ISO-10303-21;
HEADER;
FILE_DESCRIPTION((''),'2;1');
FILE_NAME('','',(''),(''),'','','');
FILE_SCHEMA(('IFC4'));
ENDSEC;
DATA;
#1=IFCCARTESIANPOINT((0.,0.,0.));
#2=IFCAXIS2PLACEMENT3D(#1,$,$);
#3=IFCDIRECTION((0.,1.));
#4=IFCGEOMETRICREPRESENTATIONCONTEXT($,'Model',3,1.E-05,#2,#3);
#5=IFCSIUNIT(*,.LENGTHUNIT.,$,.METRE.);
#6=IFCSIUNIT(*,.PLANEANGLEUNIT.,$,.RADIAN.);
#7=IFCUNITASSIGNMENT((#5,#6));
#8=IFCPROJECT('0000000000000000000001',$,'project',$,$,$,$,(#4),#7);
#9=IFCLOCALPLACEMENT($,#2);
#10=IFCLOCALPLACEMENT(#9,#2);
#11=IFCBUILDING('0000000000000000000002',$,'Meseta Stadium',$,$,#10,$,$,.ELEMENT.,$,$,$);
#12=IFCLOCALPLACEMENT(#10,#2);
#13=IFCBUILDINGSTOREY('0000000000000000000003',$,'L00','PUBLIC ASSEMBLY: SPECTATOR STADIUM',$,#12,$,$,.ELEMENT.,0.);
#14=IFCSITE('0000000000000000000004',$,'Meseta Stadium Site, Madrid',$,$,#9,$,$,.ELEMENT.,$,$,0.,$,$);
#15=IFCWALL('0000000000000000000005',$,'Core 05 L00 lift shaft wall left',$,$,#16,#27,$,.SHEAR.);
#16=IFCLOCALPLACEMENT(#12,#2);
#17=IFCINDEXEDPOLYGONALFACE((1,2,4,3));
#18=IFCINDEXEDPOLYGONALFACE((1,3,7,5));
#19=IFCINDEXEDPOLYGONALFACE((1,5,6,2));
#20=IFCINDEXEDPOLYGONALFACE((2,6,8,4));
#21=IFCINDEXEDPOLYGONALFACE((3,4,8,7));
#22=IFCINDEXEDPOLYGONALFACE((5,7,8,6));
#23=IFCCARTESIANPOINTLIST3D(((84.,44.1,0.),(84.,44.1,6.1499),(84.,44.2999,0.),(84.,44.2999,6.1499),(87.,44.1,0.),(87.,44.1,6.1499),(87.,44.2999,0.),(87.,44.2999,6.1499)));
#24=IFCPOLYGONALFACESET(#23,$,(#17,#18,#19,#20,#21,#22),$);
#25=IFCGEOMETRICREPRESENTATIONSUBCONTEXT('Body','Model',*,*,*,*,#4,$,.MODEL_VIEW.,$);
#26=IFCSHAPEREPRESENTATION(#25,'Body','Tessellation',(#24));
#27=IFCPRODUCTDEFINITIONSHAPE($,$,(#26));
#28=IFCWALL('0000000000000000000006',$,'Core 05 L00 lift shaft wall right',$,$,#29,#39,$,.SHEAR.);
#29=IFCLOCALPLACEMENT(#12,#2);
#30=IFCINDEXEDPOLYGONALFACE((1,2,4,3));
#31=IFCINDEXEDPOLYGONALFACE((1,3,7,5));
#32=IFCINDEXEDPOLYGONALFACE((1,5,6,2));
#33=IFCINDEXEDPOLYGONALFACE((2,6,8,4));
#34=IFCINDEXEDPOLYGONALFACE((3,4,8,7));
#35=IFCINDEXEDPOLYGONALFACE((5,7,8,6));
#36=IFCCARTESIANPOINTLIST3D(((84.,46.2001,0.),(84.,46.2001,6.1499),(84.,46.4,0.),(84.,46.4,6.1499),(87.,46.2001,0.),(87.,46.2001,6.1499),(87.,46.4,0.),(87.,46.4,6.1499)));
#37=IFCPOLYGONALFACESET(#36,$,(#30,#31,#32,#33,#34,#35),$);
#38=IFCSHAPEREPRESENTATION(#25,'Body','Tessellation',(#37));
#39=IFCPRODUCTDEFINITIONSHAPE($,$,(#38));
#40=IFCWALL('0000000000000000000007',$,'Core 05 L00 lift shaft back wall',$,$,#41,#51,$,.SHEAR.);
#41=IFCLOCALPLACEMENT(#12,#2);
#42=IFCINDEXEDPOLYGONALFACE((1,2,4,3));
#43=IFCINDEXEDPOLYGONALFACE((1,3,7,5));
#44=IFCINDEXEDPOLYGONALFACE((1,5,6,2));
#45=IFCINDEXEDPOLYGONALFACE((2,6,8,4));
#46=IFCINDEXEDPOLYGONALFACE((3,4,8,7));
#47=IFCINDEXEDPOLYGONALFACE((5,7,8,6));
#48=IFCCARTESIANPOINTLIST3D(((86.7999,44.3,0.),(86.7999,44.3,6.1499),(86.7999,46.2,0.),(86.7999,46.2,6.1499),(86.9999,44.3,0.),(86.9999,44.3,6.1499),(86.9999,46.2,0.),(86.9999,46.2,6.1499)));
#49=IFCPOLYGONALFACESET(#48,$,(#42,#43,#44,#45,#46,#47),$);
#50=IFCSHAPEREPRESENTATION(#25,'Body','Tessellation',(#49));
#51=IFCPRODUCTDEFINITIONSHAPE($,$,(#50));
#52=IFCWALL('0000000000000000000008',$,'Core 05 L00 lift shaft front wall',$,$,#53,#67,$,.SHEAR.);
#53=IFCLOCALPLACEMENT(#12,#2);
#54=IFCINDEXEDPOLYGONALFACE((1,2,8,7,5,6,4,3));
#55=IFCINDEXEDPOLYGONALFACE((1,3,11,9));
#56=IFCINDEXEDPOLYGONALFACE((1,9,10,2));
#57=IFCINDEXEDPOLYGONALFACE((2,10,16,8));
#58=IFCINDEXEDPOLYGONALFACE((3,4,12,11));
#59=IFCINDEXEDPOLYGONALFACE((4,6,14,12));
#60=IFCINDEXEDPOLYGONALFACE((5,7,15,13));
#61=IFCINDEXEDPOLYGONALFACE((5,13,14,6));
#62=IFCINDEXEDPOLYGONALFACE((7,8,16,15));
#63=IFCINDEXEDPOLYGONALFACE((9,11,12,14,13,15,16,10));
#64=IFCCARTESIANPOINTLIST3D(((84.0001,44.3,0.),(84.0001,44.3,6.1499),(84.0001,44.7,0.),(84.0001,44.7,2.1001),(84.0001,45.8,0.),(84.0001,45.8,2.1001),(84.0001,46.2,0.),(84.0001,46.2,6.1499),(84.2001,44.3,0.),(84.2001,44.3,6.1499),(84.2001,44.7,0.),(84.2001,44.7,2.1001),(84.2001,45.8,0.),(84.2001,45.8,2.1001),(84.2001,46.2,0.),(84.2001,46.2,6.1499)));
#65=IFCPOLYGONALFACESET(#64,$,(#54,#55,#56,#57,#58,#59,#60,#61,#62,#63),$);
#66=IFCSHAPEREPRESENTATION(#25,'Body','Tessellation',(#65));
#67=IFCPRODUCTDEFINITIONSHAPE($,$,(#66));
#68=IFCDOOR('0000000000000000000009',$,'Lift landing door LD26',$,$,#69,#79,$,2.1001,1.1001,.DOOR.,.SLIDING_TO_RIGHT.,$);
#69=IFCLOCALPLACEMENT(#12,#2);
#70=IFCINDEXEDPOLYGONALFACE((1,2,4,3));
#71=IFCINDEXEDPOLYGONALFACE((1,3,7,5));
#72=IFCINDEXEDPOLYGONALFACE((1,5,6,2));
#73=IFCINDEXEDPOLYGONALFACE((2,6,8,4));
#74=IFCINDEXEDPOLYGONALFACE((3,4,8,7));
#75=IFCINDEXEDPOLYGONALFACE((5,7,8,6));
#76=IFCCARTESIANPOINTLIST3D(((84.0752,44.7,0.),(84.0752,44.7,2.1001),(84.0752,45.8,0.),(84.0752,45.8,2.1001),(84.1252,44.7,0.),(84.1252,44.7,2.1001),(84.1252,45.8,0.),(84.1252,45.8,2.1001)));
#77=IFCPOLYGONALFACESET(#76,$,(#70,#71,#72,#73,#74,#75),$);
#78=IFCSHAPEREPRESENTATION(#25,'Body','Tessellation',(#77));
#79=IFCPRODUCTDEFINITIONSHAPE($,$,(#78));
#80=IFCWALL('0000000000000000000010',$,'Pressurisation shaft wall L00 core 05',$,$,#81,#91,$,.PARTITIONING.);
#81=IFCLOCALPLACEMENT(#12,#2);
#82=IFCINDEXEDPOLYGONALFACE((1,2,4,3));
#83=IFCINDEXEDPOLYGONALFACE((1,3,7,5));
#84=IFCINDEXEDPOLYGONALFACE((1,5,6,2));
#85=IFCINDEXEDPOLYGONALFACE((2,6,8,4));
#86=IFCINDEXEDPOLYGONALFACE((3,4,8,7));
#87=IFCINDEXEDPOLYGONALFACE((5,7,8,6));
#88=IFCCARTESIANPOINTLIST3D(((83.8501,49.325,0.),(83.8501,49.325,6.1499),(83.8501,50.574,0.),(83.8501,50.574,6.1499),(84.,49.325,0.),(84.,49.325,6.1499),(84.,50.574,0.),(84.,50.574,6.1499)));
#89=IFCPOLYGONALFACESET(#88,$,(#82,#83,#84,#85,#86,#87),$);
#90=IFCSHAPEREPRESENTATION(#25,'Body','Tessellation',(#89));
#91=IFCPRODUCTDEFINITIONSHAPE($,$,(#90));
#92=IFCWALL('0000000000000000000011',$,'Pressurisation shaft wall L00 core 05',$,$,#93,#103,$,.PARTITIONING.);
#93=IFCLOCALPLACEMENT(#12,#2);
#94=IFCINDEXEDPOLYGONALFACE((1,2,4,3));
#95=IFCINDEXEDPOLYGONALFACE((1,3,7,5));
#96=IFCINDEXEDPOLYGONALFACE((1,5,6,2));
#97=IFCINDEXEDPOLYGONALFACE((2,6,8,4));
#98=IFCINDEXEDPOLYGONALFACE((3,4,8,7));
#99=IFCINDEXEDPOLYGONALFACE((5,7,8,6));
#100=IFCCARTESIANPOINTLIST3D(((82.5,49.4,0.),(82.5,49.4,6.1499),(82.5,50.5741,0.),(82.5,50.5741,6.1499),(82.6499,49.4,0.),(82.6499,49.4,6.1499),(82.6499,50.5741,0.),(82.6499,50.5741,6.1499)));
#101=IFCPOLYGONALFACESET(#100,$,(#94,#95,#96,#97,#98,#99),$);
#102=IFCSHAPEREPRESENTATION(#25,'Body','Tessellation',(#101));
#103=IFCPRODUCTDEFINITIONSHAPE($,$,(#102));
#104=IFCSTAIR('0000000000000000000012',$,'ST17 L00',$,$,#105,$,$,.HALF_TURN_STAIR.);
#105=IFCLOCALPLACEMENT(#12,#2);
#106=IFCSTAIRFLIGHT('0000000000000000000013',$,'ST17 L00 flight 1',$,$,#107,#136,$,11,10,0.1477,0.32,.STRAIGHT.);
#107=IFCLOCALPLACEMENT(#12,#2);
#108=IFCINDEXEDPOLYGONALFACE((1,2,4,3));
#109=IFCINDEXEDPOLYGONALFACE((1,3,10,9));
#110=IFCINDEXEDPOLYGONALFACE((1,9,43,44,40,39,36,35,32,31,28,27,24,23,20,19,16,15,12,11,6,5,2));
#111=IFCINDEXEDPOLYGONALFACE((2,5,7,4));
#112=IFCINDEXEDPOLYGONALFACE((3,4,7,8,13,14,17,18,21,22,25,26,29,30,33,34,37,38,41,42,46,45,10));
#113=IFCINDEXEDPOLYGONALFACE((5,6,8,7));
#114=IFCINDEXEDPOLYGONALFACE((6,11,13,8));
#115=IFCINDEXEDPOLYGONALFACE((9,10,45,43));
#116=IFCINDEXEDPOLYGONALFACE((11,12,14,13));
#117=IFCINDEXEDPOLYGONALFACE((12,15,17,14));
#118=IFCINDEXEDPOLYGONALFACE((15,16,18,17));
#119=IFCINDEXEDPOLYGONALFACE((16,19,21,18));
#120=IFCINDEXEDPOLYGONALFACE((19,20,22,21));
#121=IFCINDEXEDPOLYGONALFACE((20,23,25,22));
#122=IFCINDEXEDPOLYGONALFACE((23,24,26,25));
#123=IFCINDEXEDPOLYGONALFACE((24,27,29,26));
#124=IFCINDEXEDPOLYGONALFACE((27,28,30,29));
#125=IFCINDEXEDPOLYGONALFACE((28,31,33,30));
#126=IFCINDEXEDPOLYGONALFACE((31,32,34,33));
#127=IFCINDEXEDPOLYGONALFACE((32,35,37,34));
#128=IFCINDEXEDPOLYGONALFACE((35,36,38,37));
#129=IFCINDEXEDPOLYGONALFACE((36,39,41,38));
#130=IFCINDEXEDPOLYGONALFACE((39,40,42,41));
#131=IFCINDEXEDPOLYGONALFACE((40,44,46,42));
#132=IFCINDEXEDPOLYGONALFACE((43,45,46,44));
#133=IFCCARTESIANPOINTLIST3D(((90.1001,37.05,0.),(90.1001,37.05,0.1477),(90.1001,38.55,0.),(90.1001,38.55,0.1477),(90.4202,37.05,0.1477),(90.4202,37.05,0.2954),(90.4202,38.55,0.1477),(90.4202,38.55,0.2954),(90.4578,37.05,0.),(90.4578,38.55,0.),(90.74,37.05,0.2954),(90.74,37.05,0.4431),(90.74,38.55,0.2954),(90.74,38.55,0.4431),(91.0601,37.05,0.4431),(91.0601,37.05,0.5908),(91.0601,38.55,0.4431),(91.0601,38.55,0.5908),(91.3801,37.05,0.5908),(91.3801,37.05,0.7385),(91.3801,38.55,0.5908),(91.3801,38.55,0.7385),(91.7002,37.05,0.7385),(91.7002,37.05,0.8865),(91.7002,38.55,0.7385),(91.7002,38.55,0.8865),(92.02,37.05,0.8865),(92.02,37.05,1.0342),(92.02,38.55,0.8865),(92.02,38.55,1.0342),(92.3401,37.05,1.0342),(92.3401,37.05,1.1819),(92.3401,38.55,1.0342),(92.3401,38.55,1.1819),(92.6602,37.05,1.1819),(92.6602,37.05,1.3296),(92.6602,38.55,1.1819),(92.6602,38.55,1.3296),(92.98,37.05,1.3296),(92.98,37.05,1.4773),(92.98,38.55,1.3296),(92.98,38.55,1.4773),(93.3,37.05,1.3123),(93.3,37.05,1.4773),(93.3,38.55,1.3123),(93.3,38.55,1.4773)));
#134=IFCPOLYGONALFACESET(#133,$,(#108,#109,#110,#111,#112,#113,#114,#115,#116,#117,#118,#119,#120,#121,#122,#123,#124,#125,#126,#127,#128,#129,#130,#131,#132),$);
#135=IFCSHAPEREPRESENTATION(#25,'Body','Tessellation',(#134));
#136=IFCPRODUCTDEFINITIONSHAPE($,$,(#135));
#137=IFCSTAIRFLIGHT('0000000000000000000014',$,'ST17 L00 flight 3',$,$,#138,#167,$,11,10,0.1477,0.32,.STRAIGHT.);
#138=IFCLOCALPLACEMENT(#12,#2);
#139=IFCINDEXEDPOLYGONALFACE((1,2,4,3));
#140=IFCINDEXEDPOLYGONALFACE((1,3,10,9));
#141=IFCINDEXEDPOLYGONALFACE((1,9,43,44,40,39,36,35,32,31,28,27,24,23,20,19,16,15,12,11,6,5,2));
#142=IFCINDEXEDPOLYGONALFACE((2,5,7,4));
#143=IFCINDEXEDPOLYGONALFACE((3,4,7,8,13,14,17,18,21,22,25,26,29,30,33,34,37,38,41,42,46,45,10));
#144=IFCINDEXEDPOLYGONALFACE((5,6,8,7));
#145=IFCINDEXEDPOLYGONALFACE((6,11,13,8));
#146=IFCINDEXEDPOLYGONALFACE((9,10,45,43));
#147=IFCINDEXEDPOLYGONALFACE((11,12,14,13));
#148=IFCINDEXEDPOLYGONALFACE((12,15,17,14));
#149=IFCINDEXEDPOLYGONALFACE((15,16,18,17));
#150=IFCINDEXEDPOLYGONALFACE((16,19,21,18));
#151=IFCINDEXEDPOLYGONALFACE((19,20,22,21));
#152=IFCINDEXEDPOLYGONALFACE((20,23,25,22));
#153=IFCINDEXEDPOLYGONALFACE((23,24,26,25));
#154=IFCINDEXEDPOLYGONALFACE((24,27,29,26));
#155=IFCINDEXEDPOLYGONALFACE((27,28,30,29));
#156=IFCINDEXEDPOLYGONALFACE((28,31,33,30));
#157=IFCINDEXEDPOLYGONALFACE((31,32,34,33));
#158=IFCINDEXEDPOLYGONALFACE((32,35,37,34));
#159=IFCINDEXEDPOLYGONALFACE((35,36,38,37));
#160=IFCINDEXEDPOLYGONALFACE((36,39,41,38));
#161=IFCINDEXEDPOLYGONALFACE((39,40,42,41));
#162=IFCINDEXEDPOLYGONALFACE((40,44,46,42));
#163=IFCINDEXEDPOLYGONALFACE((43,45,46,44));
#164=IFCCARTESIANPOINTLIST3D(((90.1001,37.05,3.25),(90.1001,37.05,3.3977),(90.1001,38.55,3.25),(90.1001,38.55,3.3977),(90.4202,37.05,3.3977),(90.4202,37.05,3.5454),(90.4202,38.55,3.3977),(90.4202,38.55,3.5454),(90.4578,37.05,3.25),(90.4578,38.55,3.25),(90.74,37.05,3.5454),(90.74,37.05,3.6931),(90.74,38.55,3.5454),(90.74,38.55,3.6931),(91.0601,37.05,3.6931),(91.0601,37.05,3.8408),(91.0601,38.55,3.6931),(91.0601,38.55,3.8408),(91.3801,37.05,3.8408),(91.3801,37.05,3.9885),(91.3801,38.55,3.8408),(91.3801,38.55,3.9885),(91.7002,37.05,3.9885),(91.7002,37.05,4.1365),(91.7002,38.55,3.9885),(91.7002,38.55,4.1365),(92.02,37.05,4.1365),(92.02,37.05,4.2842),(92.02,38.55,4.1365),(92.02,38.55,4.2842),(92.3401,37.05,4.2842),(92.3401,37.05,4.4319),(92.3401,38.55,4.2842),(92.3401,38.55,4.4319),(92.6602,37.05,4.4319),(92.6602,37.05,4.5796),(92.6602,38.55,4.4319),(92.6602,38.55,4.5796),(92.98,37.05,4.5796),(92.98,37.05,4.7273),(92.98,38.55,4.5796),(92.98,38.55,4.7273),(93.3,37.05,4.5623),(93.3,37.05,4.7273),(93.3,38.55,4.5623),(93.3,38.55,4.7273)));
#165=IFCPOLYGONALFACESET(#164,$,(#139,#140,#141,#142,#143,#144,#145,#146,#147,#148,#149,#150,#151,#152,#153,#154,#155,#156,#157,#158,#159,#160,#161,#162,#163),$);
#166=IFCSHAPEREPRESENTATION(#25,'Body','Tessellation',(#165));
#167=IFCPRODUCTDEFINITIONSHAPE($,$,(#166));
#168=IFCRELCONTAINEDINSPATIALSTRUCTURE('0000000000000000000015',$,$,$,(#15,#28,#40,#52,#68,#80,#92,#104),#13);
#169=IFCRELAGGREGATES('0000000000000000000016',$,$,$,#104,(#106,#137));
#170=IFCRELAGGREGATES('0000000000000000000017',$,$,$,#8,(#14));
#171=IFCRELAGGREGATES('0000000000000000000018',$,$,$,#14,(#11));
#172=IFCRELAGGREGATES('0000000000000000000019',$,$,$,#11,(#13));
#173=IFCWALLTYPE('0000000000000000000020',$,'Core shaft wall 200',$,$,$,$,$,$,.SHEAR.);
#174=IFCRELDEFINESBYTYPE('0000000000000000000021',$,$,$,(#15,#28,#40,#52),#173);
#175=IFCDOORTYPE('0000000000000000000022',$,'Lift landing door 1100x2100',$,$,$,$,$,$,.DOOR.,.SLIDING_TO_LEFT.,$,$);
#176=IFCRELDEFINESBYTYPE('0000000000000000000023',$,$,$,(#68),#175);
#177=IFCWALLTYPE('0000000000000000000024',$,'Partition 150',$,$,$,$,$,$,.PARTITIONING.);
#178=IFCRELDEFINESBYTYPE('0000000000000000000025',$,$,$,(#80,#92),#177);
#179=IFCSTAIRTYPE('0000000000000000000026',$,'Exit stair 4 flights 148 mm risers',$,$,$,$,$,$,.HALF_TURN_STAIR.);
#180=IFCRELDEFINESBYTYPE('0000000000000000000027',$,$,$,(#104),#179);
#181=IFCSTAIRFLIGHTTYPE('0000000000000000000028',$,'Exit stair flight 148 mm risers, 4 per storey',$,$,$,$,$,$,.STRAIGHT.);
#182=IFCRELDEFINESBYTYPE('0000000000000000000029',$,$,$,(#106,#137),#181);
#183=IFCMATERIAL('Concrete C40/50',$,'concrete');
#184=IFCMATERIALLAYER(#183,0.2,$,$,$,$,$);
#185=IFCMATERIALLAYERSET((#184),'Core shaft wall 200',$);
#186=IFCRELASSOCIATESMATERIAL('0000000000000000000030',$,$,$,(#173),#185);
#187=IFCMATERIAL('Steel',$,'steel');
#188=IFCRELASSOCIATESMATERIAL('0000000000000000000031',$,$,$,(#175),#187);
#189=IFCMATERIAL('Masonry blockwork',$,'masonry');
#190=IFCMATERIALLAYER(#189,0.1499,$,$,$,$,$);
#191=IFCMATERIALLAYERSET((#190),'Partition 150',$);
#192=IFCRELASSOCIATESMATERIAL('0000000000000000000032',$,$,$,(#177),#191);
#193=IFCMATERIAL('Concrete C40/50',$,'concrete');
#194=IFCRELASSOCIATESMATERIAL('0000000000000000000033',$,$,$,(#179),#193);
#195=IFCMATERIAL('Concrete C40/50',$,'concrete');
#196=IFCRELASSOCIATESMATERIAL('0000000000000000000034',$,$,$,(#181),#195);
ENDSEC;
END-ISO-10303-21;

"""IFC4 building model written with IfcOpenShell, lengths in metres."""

from ifc_helpers import new_model, si_unit, direction, frame, frame_2d, origin, place, context, subcontext, project, spatial, polyline, rectangle, outline, extrude, material, layer, layer_set, type_object, element, fill, aggregate, save


model = new_model("IFC4")

# Units and contexts
model_context = context("Model", 3, precision=1e-05, world=origin(), true_north=direction((0.0, 1.0)))
body_context = subcontext(model_context, "Body", "Model", "MODEL_VIEW")
ifc_project = project(units=[si_unit("LENGTHUNIT", "METRE"), si_unit("PLANEANGLEUNIT", "RADIAN")], contexts=[model_context])

# Site, building, storey
site_placement = place(None, origin())
site = spatial("IfcSite", under=ifc_project, at=site_placement, Name="Meseta Stadium Site, Madrid", CompositionType="ELEMENT", RefElevation=0.0)
building_placement = place(site_placement, origin())
building = spatial("IfcBuilding", under=site, at=building_placement, Name="Meseta Stadium", CompositionType="ELEMENT")
storey_placement = place(building_placement, origin())
storey = spatial("IfcBuildingStorey", under=building, at=storey_placement, Name="L00", Description="PUBLIC ASSEMBLY: SPECTATOR STADIUM", CompositionType="ELEMENT", Elevation=0.0)

# Shared definitions
ifc_material_1 = material(Name="Concrete C40/50", Category="concrete")
ifc_layer_1 = layer(ifc_material_1, 0.2)
ifc_layer_set_1 = layer_set([ifc_layer_1], Name="Core shaft wall 200")
wall_type_1 = type_object("IfcWallType", Name="Core shaft wall 200", PredefinedType="SHEAR", material=ifc_layer_set_1)

# Walls
for number, where, z_axis, x_axis, name in (
    (1, (87.0, 44.2, 0.0), (0.0, 0.0, 1.0), (-1.0, 0.0, 0.0), "Core 05 L00 lift shaft wall left"),
    (2, (87.0, 46.3, 0.0), (0.0, 0.0, 1.0), (-1.0, 0.0, 0.0), "Core 05 L00 lift shaft wall right"),
):
    element("IfcWall", number, at=place(storey_placement, frame(where, z_axis=z_axis, x_axis=x_axis)), inside=storey, type_object=wall_type_1, Name=name, PredefinedType="SHEAR", context=body_context, shape_type="SweptSolid", body=[
        extrude(rectangle(XDim=3.0, YDim=0.2, at=frame_2d((1.5, 0.0))), origin(), (0.0, 0.0, 1.0), 6.1499),
    ])
wall_1_placement = place(storey_placement, frame((86.8999, 44.3, 0.0), z_axis=(0.0, 0.0, 1.0), x_axis=(0.0, 1.0, 0.0)))
element("IfcWall", 3, at=wall_1_placement, inside=storey, type_object=wall_type_1, Name="Core 05 L00 lift shaft back wall", PredefinedType="SHEAR", context=body_context, shape_type="SweptSolid", body=[
    extrude(rectangle(XDim=1.8999, YDim=0.2, at=frame_2d((0.95, 0.0))), origin(), (0.0, 0.0, 1.0), 6.1499),
])

# Wall, opening, door
wall_2_placement = place(storey_placement, frame((84.1001, 44.3, 0.0), z_axis=(0.0, 0.0, 1.0), x_axis=(0.0, 1.0, 0.0)))
wall_2 = element("IfcWall", 4, at=wall_2_placement, inside=storey, type_object=wall_type_1, Name="Core 05 L00 lift shaft front wall", PredefinedType="SHEAR", context=body_context, shape_type="SweptSolid", body=[
    extrude(rectangle(XDim=1.8999, YDim=0.2, at=frame_2d((0.95, 0.0))), origin(), (0.0, 0.0, 1.0), 6.1499),
])
opening_1_placement = place(wall_2_placement, frame((0.3999, 0.0, 0.0)))
opening_1 = element("IfcOpeningElement", 5, at=opening_1_placement, cuts=wall_2, PredefinedType="OPENING", context=body_context, shape_type="SweptSolid", body=[
    extrude(rectangle(XDim=1.1001, YDim=2.1001, at=frame_2d((0.55, 1.05))), frame((0.0, 0.1099, 0.0), z_axis=(0.0, -1.0, 0.0), x_axis=(1.0, 0.0, 0.0)), (0.0, 0.0, 1.0), 0.22),
])
ifc_material_2 = material(Name="Steel", Category="steel")
door_type_1 = type_object("IfcDoorType", Name="Lift landing door 1100x2100", OperationType="SLIDING_TO_LEFT", PredefinedType="DOOR", material=ifc_material_2)
door_1_placement = place(opening_1_placement, origin())
door_1 = element("IfcDoor", 6, at=door_1_placement, inside=storey, type_object=door_type_1, Name="Lift landing door LD26", OperationType="SLIDING_TO_RIGHT", OverallHeight=2.1001, OverallWidth=1.1001, PredefinedType="DOOR", context=body_context, shape_type="SweptSolid", body=[
    extrude(rectangle(XDim=1.1001, YDim=2.1001, at=frame_2d((0.55, 1.05))), frame((0.0, 0.0249, 0.0), z_axis=(0.0, -1.0, 0.0), x_axis=(1.0, 0.0, 0.0)), (0.0, 0.0, 1.0), 0.05),
])
fill(opening_1, door_1)

# Walls
ifc_material_3 = material(Name="Masonry blockwork", Category="masonry")
ifc_layer_2 = layer(ifc_material_3, 0.1499)
ifc_layer_set_2 = layer_set([ifc_layer_2], Name="Partition 150")
wall_type_2 = type_object("IfcWallType", Name="Partition 150", PredefinedType="PARTITIONING", material=ifc_layer_set_2)
wall_3_placement = place(storey_placement, frame((83.925, 49.325, 0.0), z_axis=(0.0, 0.0, 1.0), x_axis=(0.0, 1.0, 0.0)))
element("IfcWall", 7, at=wall_3_placement, inside=storey, type_object=wall_type_2, Name="Pressurisation shaft wall L00 core 05", PredefinedType="PARTITIONING", context=body_context, shape_type="SweptSolid", body=[
    extrude(rectangle(XDim=1.249, YDim=0.1499, at=frame_2d((0.6245, 0.0))), origin(), (0.0, 0.0, 1.0), 6.1499),
])
wall_4_placement = place(storey_placement, frame((82.575, 50.574, 0.0), z_axis=(0.0, 0.0, 1.0), x_axis=(0.0, -1.0, 0.0)))
element("IfcWall", 8, at=wall_4_placement, inside=storey, type_object=wall_type_2, Name="Pressurisation shaft wall L00 core 05", PredefinedType="PARTITIONING", context=body_context, shape_type="SweptSolid", body=[
    extrude(rectangle(XDim=1.1741, YDim=0.1499, at=frame_2d((0.5869, 0.0))), origin(), (0.0, 0.0, 1.0), 6.1499),
])

# Stair, stair flights
ifc_material_4 = material(Name="Concrete C40/50", Category="concrete")
stair_type = type_object("IfcStairType", Name="Exit stair 4 flights 148 mm risers", PredefinedType="HALF_TURN_STAIR", material=ifc_material_4)
stair_1_placement = place(storey_placement, origin())
stair_1 = element("IfcStair", 9, at=stair_1_placement, inside=storey, type_object=stair_type, Name="ST17 L00", PredefinedType="HALF_TURN_STAIR")
ifc_material_5 = material(Name="Concrete C40/50", Category="concrete")
stair_flight_type = type_object("IfcStairFlightType", Name="Exit stair flight 148 mm risers, 4 per storey", PredefinedType="STRAIGHT", material=ifc_material_5)
stair_flight_1_placement = place(storey_placement, frame((90.1001, 37.8, 0.0), z_axis=(0.0, 0.0, 1.0), x_axis=(1.0, 0.0, 0.0)))
stair_flight_1 = element("IfcStairFlight", 10, at=stair_flight_1_placement, type_object=stair_flight_type, Name="ST17 L00 flight 1", NumberOfRisers=11, NumberOfTreads=10, PredefinedType="STRAIGHT", RiserHeight=0.1477, TreadLength=0.32, context=body_context, shape_type="SweptSolid", body=[
    extrude(outline(polyline([(0.0, 0.0), (0.0, 0.1477), (0.3201, 0.1477), (0.3201, 0.2954), (0.6399, 0.2954), (0.6399, 0.4431), (0.96, 0.4431), (0.96, 0.5908), (1.28, 0.5908), (1.28, 0.7385), (1.6001, 0.7385), (1.6001, 0.8865), (1.9199, 0.8865), (1.9199, 1.0342), (2.24, 1.0342), (2.24, 1.1819), (2.5601, 1.1819), (2.5601, 1.3296), (2.8799, 1.3296), (2.8799, 1.4773), (3.2, 1.4773), (3.2, 1.3123), (0.3577, 0.0), (0.0, 0.0)])), frame((0.0, 0.75, 0.0), z_axis=(0.0, -1.0, 0.0), x_axis=(1.0, 0.0, 0.0)), (0.0, 0.0, 1.0), 1.5),
])
stair_flight_2_placement = place(storey_placement, frame((90.1001, 37.8, 3.25), z_axis=(0.0, 0.0, 1.0), x_axis=(1.0, 0.0, 0.0)))
stair_flight_2 = element("IfcStairFlight", 11, at=stair_flight_2_placement, type_object=stair_flight_type, Name="ST17 L00 flight 3", NumberOfRisers=11, NumberOfTreads=10, PredefinedType="STRAIGHT", RiserHeight=0.1477, TreadLength=0.32, context=body_context, shape_type="SweptSolid", body=[
    extrude(outline(polyline([(0.0, 0.0), (0.0, 0.1477), (0.3201, 0.1477), (0.3201, 0.2954), (0.6399, 0.2954), (0.6399, 0.4431), (0.96, 0.4431), (0.96, 0.5908), (1.28, 0.5908), (1.28, 0.7385), (1.6001, 0.7385), (1.6001, 0.8865), (1.9199, 0.8865), (1.9199, 1.0342), (2.24, 1.0342), (2.24, 1.1819), (2.5601, 1.1819), (2.5601, 1.3296), (2.8799, 1.3296), (2.8799, 1.4773), (3.2, 1.4773), (3.2, 1.3123), (0.3577, 0.0), (0.0, 0.0)])), frame((0.0, 0.75, 0.0), z_axis=(0.0, -1.0, 0.0), x_axis=(1.0, 0.0, 0.0)), (0.0, 0.0, 1.0), 1.5),
])
aggregate(stair_1, [stair_flight_1, stair_flight_2])

save(model, "model.ifc")
